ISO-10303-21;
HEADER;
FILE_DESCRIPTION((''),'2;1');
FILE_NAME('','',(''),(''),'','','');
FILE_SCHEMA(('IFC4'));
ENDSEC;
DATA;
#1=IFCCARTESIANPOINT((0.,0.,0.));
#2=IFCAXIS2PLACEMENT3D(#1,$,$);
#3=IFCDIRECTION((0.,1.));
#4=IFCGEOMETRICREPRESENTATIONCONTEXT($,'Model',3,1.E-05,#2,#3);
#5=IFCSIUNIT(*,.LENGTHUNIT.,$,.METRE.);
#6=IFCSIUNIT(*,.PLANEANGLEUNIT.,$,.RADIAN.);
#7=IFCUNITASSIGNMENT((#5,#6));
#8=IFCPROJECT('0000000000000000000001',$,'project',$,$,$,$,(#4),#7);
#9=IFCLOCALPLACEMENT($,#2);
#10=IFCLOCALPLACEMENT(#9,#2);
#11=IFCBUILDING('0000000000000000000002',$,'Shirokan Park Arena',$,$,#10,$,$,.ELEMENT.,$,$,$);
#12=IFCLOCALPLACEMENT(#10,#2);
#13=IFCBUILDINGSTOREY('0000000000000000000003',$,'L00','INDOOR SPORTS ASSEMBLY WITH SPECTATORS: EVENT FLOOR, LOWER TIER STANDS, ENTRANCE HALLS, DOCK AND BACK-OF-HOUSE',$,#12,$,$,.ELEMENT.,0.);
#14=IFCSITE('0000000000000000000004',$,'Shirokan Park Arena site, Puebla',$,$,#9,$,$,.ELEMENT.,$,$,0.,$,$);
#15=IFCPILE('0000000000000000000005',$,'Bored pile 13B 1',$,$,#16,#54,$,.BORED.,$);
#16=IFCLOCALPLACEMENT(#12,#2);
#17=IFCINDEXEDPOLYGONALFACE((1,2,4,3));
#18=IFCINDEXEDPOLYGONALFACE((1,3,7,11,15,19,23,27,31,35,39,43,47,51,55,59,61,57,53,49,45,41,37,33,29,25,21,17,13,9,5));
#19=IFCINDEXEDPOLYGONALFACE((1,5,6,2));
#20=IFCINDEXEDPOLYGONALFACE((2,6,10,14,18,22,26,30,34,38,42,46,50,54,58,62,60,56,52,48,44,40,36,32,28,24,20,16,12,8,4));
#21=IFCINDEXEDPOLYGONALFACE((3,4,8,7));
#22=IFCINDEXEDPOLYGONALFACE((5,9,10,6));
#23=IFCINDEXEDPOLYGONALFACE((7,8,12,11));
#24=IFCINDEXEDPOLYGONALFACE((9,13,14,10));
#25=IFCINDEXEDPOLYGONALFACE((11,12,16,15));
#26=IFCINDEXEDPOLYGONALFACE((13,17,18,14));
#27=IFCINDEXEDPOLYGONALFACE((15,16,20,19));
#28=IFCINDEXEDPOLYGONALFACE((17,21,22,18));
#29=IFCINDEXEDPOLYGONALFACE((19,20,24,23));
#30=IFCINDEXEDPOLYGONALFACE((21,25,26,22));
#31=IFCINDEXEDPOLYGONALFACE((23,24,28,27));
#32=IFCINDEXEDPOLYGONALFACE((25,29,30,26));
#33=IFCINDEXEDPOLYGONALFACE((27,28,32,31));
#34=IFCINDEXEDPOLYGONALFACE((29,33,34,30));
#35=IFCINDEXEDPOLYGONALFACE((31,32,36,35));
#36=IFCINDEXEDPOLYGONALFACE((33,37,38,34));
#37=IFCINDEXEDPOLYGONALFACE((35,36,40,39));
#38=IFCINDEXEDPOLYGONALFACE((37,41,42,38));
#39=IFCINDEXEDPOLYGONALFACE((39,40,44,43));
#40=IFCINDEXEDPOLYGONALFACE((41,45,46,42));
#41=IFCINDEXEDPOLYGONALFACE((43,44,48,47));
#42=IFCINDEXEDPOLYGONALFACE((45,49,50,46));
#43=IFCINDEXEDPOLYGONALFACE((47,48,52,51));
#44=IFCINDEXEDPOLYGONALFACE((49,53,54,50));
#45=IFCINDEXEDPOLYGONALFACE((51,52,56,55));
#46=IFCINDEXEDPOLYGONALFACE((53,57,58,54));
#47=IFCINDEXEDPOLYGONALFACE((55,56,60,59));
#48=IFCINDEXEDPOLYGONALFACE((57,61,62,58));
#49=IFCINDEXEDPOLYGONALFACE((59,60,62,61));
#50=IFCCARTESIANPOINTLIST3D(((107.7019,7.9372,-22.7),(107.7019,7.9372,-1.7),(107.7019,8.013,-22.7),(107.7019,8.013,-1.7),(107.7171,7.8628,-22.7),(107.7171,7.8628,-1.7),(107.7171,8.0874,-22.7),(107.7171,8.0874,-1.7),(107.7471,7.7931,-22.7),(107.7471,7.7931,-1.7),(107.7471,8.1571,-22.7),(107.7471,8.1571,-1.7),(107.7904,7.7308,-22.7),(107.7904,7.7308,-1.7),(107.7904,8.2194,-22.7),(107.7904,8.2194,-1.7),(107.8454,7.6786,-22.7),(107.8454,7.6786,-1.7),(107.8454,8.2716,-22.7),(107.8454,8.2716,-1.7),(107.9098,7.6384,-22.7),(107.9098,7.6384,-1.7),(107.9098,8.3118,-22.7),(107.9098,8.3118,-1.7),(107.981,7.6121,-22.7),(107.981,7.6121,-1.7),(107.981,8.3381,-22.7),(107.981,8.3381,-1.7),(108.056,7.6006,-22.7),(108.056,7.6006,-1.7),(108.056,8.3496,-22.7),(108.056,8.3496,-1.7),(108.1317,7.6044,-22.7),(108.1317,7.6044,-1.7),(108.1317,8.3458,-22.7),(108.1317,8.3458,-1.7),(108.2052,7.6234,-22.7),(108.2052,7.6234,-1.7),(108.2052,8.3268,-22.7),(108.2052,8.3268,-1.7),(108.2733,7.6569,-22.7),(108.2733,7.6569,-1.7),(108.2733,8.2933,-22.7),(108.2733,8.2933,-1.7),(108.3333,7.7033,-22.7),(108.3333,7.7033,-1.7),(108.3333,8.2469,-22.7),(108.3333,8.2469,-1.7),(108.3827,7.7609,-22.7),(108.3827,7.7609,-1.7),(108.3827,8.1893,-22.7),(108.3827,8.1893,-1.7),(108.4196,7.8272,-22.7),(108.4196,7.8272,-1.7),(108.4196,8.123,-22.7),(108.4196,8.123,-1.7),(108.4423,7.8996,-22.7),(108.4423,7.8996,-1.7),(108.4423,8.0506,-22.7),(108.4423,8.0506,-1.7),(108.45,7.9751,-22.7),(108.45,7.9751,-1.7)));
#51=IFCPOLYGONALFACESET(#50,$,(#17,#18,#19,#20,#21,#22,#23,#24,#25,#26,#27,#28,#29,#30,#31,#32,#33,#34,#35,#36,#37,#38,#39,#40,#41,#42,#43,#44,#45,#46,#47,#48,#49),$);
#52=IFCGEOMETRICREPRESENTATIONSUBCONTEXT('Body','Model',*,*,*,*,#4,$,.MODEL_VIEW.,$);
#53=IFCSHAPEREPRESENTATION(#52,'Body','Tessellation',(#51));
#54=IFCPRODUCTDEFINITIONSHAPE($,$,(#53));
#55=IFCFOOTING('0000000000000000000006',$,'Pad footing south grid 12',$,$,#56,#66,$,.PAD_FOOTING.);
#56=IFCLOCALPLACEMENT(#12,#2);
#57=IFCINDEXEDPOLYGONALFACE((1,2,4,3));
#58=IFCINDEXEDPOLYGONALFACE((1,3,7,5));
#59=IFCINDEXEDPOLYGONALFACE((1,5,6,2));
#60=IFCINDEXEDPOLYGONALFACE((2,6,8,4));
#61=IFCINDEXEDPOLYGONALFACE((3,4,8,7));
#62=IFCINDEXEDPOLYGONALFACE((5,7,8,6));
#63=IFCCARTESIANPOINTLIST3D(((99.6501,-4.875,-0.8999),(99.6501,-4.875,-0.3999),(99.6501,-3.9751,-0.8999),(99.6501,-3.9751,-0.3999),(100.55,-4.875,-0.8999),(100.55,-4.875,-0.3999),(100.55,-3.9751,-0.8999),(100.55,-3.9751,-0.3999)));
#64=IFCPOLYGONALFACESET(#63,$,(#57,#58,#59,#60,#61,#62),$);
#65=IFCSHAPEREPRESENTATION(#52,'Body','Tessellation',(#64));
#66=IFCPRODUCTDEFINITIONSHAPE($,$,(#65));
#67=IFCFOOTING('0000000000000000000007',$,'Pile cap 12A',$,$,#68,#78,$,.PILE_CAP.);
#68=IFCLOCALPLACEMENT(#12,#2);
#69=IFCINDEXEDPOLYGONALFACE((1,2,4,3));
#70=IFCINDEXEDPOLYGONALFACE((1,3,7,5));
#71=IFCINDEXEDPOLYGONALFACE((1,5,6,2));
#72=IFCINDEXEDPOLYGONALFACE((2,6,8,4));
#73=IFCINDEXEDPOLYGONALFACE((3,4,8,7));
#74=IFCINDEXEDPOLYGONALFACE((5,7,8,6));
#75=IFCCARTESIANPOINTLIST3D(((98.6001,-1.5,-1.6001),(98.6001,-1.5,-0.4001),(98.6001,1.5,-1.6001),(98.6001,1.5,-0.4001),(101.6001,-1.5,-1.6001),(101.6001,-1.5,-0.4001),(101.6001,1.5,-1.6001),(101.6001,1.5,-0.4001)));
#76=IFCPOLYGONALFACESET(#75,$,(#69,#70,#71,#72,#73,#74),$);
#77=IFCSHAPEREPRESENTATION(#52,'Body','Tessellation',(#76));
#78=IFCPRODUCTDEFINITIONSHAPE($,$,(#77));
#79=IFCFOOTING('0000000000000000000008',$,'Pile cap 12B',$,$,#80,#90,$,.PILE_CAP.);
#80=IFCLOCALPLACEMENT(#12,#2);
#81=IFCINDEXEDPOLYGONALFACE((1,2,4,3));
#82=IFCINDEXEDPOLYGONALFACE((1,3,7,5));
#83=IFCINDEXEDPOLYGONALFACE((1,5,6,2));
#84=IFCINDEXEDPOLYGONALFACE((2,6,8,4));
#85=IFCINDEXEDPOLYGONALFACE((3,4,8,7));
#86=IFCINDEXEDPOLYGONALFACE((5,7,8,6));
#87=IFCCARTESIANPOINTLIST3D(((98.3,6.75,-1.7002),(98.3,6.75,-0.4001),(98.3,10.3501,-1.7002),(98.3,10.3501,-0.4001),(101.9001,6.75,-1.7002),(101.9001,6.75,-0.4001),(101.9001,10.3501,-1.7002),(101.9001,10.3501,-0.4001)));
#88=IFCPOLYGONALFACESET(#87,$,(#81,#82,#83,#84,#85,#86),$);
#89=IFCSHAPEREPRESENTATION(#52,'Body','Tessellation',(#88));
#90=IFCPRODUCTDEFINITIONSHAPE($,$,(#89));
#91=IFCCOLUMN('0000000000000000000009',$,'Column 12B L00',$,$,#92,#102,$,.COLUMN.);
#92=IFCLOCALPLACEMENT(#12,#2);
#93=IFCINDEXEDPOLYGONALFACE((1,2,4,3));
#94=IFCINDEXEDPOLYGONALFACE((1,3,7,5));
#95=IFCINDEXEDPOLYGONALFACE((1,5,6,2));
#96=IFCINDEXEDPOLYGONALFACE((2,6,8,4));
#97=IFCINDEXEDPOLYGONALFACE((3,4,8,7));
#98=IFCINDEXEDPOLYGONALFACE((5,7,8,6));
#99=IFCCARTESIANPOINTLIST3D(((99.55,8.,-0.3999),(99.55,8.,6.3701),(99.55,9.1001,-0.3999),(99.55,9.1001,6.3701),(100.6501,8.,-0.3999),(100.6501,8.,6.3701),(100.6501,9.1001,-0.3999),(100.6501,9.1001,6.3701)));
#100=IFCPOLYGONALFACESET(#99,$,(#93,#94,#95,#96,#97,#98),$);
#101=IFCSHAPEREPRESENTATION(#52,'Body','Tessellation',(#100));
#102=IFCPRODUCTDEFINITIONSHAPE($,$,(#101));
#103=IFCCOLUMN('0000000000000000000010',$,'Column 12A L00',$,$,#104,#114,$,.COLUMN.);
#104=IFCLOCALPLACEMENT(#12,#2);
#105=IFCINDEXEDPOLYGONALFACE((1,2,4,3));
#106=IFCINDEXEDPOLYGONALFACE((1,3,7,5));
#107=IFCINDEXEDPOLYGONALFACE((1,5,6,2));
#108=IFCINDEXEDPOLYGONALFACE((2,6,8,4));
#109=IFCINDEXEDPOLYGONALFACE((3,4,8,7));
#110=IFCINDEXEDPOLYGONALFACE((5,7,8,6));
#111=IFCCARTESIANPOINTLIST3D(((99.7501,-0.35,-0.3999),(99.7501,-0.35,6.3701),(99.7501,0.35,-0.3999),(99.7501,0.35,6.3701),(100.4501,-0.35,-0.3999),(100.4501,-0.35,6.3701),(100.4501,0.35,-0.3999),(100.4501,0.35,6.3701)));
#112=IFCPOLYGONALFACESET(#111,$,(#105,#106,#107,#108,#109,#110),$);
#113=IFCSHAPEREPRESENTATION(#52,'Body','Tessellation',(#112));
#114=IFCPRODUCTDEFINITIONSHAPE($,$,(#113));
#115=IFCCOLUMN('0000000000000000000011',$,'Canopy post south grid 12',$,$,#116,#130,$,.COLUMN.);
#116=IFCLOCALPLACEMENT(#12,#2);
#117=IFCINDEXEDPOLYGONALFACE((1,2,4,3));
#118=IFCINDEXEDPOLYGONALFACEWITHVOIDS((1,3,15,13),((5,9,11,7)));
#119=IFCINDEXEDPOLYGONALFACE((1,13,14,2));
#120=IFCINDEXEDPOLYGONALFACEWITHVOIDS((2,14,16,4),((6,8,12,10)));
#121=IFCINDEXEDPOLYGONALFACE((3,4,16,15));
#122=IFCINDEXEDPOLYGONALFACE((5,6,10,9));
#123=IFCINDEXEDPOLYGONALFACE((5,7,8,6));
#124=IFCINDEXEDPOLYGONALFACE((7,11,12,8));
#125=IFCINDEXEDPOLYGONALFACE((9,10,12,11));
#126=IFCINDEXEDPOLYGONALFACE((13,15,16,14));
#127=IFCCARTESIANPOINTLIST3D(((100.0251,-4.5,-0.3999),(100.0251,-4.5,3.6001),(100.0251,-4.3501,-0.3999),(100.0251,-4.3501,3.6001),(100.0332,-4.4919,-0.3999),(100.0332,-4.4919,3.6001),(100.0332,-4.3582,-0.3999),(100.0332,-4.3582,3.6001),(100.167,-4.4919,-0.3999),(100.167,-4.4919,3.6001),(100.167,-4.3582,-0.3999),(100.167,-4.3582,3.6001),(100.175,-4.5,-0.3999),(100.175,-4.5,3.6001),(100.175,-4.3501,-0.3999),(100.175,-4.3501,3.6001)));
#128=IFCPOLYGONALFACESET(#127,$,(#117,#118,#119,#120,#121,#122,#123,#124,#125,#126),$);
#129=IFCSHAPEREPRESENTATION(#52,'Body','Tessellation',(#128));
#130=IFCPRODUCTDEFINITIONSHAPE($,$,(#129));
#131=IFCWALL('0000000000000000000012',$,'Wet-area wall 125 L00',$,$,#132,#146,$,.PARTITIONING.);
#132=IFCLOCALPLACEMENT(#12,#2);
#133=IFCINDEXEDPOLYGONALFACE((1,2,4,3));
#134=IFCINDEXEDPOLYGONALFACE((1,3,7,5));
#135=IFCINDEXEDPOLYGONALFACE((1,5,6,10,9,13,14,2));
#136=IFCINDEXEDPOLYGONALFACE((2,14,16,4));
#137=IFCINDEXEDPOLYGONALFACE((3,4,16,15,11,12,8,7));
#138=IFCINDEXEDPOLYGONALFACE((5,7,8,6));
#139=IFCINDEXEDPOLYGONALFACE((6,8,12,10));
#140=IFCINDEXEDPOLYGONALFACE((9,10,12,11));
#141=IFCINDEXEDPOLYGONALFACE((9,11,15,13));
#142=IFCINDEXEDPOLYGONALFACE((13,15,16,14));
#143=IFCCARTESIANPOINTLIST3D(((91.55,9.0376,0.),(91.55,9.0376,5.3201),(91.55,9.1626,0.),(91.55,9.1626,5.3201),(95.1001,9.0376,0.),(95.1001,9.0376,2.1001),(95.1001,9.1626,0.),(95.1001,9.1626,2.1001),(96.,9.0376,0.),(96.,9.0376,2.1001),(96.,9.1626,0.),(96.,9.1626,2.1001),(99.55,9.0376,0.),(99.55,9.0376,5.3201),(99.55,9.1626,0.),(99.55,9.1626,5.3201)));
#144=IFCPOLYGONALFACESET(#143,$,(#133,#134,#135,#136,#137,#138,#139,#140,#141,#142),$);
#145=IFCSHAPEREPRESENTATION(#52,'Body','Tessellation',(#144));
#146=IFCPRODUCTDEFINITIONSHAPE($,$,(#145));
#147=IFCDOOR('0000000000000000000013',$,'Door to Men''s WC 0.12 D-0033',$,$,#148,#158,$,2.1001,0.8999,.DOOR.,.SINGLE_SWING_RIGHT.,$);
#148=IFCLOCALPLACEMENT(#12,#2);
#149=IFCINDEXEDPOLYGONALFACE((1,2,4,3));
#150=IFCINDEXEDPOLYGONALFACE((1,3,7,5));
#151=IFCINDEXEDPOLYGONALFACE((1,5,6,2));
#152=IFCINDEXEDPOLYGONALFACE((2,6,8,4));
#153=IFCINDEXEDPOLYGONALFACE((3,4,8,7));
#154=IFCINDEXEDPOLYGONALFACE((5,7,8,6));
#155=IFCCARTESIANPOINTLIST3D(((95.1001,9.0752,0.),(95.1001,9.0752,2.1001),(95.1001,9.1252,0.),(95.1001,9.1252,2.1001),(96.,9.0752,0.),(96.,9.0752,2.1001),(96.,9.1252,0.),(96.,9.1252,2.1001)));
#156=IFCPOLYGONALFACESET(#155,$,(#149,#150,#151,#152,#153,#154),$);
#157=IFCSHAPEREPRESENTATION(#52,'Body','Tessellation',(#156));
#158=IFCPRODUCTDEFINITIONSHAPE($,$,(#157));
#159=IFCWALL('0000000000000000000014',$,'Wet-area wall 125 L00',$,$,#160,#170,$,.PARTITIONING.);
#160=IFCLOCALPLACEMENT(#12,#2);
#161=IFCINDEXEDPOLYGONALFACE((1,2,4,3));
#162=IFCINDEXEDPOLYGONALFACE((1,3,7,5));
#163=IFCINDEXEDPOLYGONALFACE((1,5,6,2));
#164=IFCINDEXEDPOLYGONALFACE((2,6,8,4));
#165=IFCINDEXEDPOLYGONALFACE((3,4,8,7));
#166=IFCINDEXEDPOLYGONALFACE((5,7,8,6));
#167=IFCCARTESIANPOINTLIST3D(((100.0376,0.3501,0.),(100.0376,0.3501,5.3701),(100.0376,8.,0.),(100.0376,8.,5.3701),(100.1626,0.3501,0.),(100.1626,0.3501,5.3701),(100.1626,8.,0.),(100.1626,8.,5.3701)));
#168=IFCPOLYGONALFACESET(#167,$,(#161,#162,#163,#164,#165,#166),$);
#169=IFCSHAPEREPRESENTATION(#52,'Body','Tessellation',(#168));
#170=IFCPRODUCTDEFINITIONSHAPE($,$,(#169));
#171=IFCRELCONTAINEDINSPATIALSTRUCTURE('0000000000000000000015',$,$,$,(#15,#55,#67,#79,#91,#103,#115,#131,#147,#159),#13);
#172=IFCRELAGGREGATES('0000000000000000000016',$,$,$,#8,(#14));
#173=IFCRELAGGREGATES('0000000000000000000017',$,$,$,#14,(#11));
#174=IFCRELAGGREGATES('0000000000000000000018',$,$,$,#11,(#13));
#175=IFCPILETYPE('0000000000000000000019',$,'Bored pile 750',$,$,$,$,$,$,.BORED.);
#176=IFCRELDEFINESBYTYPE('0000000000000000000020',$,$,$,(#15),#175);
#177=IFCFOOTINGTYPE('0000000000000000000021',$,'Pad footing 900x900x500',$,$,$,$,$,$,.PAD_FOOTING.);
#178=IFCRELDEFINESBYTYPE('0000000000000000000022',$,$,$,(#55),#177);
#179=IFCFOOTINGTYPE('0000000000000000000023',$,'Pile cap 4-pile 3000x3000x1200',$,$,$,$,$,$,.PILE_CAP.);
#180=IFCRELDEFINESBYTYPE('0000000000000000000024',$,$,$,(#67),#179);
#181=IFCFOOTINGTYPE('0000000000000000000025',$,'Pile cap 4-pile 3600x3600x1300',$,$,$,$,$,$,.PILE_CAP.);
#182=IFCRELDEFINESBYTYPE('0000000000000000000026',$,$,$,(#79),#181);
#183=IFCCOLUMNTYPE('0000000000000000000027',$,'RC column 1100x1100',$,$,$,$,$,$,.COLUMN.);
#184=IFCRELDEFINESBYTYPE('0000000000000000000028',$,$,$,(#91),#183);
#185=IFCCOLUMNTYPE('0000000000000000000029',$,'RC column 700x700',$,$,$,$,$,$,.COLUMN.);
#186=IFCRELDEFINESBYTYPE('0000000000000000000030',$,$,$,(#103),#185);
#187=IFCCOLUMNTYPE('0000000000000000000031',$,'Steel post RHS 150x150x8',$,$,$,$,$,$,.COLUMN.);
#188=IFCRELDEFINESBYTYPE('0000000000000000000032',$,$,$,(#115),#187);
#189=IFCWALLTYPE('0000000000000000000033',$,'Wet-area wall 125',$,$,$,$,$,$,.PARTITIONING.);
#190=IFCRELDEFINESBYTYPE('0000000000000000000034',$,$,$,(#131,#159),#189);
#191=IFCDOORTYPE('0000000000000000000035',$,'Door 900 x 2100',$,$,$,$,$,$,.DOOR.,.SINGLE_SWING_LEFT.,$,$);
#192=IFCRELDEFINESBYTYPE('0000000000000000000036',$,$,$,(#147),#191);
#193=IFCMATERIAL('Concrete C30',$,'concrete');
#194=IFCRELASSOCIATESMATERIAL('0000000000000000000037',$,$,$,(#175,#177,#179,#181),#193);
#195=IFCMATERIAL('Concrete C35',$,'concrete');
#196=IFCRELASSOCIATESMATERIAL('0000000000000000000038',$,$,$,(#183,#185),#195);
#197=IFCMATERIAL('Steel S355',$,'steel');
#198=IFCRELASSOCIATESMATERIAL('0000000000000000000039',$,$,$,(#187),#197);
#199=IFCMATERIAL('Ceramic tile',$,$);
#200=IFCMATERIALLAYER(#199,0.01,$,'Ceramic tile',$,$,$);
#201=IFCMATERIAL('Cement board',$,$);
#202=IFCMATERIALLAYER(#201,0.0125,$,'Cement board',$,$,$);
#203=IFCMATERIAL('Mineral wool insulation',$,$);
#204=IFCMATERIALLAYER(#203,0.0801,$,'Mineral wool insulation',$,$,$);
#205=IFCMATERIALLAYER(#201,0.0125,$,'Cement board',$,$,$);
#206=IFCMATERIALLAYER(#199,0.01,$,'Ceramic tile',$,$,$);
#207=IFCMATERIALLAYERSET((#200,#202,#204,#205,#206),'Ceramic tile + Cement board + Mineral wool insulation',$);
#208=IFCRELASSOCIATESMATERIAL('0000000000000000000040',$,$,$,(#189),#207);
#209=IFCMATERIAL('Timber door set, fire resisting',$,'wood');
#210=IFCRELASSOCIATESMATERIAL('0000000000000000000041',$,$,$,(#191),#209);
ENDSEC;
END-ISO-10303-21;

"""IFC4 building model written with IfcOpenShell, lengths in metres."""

from ifc_helpers import new_model, si_unit, direction, frame, frame_2d, origin, origin_2d, place, context, subcontext, project, spatial, rectangle, hollow_rectangle, circle, extrude, material, layer, layer_set, material_profile, profile_set, type_object, element, fill, save


model = new_model("IFC4")

# Units and contexts
model_context = context("Model", 3, precision=1e-05, world=origin(), true_north=direction((0.0, 1.0)))
body_context = subcontext(model_context, "Body", "Model", "MODEL_VIEW")
ifc_project = project(units=[si_unit("LENGTHUNIT", "METRE"), si_unit("PLANEANGLEUNIT", "RADIAN")], contexts=[model_context])

# Site, building, storey
site_placement = place(None, origin())
site = spatial("IfcSite", under=ifc_project, at=site_placement, Name="Shirokan Park Arena site, Puebla", CompositionType="ELEMENT", RefElevation=0.0)
building_placement = place(site_placement, origin())
building = spatial("IfcBuilding", under=site, at=building_placement, Name="Shirokan Park Arena", CompositionType="ELEMENT")
storey_placement = place(building_placement, origin())
storey = spatial("IfcBuildingStorey", under=building, at=storey_placement, Name="L00", Description="INDOOR SPORTS ASSEMBLY WITH SPECTATORS: EVENT FLOOR, LOWER TIER STANDS, ENTRANCE HALLS, DOCK AND BACK-OF-HOUSE", CompositionType="ELEMENT", Elevation=0.0)

# Pile
ifc_material_1 = material(Name="Concrete C30", Category="concrete")
ifc_material_profile_1 = material_profile(ifc_material_1, circle(Radius=0.375, at=origin_2d()), Name="D750")
ifc_profile_set_1 = profile_set([ifc_material_profile_1], Name="Concrete C30")
pile_type_1 = type_object("IfcPileType", Name="Bored pile 750", PredefinedType="BORED", material=ifc_profile_set_1)
for number, where, z_axis, x_axis, name in (
    (1, (108.075, 7.9751, -1.7), (0.0, 0.0, -1.0), (1.0, 0.0, 0.0), "Bored pile 13B 1"),
):
    element("IfcPile", number, at=place(storey_placement, frame(where, z_axis=z_axis, x_axis=x_axis)), inside=storey, type_object=pile_type_1, Name=name, PredefinedType="BORED", context=body_context, shape_type="SweptSolid", body=[
        extrude(circle(Radius=0.375, at=origin_2d()), origin(), (0.0, 0.0, 1.0), 21.0),
    ])

# Footings
footing_type_1 = type_object("IfcFootingType", Name="Pad footing 900x900x500", PredefinedType="PAD_FOOTING", material=ifc_material_1)
footing_1_placement = place(storey_placement, frame((100.1001, -4.425, -0.8999), z_axis=(0.0, 0.0, 1.0), x_axis=(1.0, 0.0, 0.0)))
element("IfcFooting", 2, at=footing_1_placement, inside=storey, type_object=footing_type_1, Name="Pad footing south grid 12", PredefinedType="PAD_FOOTING", context=body_context, shape_type="SweptSolid", body=[
    extrude(rectangle(XDim=0.8999, YDim=0.8999, at=origin_2d()), origin(), (0.0, 0.0, 1.0), 0.5),
])
footing_type_2 = type_object("IfcFootingType", Name="Pile cap 4-pile 3000x3000x1200", PredefinedType="PILE_CAP", material=ifc_material_1)
footing_2_placement = place(storey_placement, frame((100.1001, 0.0, -1.6001), z_axis=(0.0, 0.0, 1.0), x_axis=(1.0, 0.0, 0.0)))
element("IfcFooting", 3, at=footing_2_placement, inside=storey, type_object=footing_type_2, Name="Pile cap 12A", PredefinedType="PILE_CAP", context=body_context, shape_type="SweptSolid", body=[
    extrude(rectangle(XDim=3.0, YDim=3.0, at=origin_2d()), origin(), (0.0, 0.0, 1.0), 1.2),
])
footing_type_3 = type_object("IfcFootingType", Name="Pile cap 4-pile 3600x3600x1300", PredefinedType="PILE_CAP", material=ifc_material_1)
footing_3_placement = place(storey_placement, frame((100.1001, 8.55, -1.7002), z_axis=(0.0, 0.0, 1.0), x_axis=(1.0, 0.0, 0.0)))
element("IfcFooting", 4, at=footing_3_placement, inside=storey, type_object=footing_type_3, Name="Pile cap 12B", PredefinedType="PILE_CAP", context=body_context, shape_type="SweptSolid", body=[
    extrude(rectangle(XDim=3.6001, YDim=3.6001, at=origin_2d()), origin(), (0.0, 0.0, 1.0), 1.3),
])

# Columns
ifc_material_2 = material(Name="Concrete C35", Category="concrete")
ifc_material_profile_2 = material_profile(ifc_material_2, rectangle(XDim=1.1001, YDim=1.1001, at=origin_2d()), Name="1100x1100")
ifc_profile_set_2 = profile_set([ifc_material_profile_2], Name="Concrete C35")
column_type_1 = type_object("IfcColumnType", Name="RC column 1100x1100", PredefinedType="COLUMN", material=ifc_profile_set_2)
column_1_placement = place(storey_placement, frame((100.1001, 8.55, -0.3999), z_axis=(0.0, 0.0, 1.0), x_axis=(1.0, 0.0, 0.0)))
element("IfcColumn", 5, at=column_1_placement, inside=storey, type_object=column_type_1, Name="Column 12B L00", PredefinedType="COLUMN", context=body_context, shape_type="SweptSolid", body=[
    extrude(rectangle(XDim=1.1001, YDim=1.1001, at=origin_2d()), origin(), (0.0, 0.0, 1.0), 6.77),
])
ifc_material_profile_3 = material_profile(ifc_material_2, rectangle(XDim=0.7, YDim=0.7, at=origin_2d()), Name="700x700")
ifc_profile_set_3 = profile_set([ifc_material_profile_3], Name="Concrete C35")
column_type_2 = type_object("IfcColumnType", Name="RC column 700x700", PredefinedType="COLUMN", material=ifc_profile_set_3)
column_2_placement = place(storey_placement, frame((100.1001, 0.0, -0.3999), z_axis=(0.0, 0.0, 1.0), x_axis=(1.0, 0.0, 0.0)))
element("IfcColumn", 6, at=column_2_placement, inside=storey, type_object=column_type_2, Name="Column 12A L00", PredefinedType="COLUMN", context=body_context, shape_type="SweptSolid", body=[
    extrude(rectangle(XDim=0.7, YDim=0.7, at=origin_2d()), origin(), (0.0, 0.0, 1.0), 6.77),
])
ifc_material_3 = material(Name="Steel S355", Category="steel")
ifc_material_profile_4 = material_profile(ifc_material_3, hollow_rectangle(XDim=0.1499, YDim=0.1499, WallThickness=0.0081, at=origin_2d()), Name="RHS 150x150x8")
ifc_profile_set_4 = profile_set([ifc_material_profile_4], Name="Steel S355")
column_type_3 = type_object("IfcColumnType", Name="Steel post RHS 150x150x8", PredefinedType="COLUMN", material=ifc_profile_set_4)
column_3_placement = place(storey_placement, frame((100.1001, -4.425, -0.3999), z_axis=(0.0, 0.0, 1.0), x_axis=(1.0, 0.0, 0.0)))
element("IfcColumn", 7, at=column_3_placement, inside=storey, type_object=column_type_3, Name="Canopy post south grid 12", PredefinedType="COLUMN", context=body_context, shape_type="SweptSolid", body=[
    extrude(hollow_rectangle(XDim=0.1499, YDim=0.1499, WallThickness=0.0081, at=origin_2d()), origin(), (0.0, 0.0, 1.0), 4.0),
])

# Wall, opening, door
ifc_material_4 = material(Name="Mineral wool insulation")
ifc_material_5 = material(Name="Ceramic tile")
ifc_layer_1 = layer(ifc_material_5, 0.01, Name="Ceramic tile")
ifc_material_6 = material(Name="Cement board")
ifc_layer_2 = layer(ifc_material_6, 0.0125, Name="Cement board")
ifc_layer_3 = layer(ifc_material_4, 0.0801, Name="Mineral wool insulation")
ifc_layer_4 = layer(ifc_material_6, 0.0125, Name="Cement board")
ifc_layer_5 = layer(ifc_material_5, 0.01, Name="Ceramic tile")
ifc_layer_set_1 = layer_set([ifc_layer_1, ifc_layer_2, ifc_layer_3, ifc_layer_4, ifc_layer_5], Name="Ceramic tile + Cement board + Mineral wool insulation")
wall_type_1 = type_object("IfcWallType", Name="Wet-area wall 125", PredefinedType="PARTITIONING", material=ifc_layer_set_1)
wall_1_placement = place(storey_placement, frame((99.55, 9.1001, 0.0), z_axis=(0.0, 0.0, 1.0), x_axis=(-1.0, 0.0, 0.0)))
wall_1 = element("IfcWall", 8, at=wall_1_placement, inside=storey, type_object=wall_type_1, Name="Wet-area wall 125 L00", PredefinedType="PARTITIONING", context=body_context, shape_type="SweptSolid", body=[
    extrude(rectangle(XDim=8.0, YDim=0.125, at=frame_2d((4.0, 0.0))), origin(), (0.0, 0.0, 1.0), 5.3201),
])
opening_1_placement = place(wall_1_placement, frame((3.55, 0.0, 0.0)))
opening_1 = element("IfcOpeningElement", 9, at=opening_1_placement, cuts=wall_1, PredefinedType="OPENING", context=body_context, shape_type="SweptSolid", body=[
    extrude(rectangle(XDim=0.8999, YDim=2.1001, at=frame_2d((0.45, 1.05))), frame((0.0, 0.0725, 0.0), z_axis=(0.0, -1.0, 0.0), x_axis=(1.0, 0.0, 0.0)), (0.0, 0.0, 1.0), 0.145),
])
ifc_material_7 = material(Name="Timber door set, fire resisting", Category="wood")
door_type_1 = type_object("IfcDoorType", Name="Door 900 x 2100", OperationType="SINGLE_SWING_LEFT", PredefinedType="DOOR", material=ifc_material_7)
door_1_placement = place(opening_1_placement, origin())
door_1 = element("IfcDoor", 10, at=door_1_placement, inside=storey, type_object=door_type_1, Name="Door to Men's WC 0.12 D-0033", OperationType="SINGLE_SWING_RIGHT", OverallHeight=2.1001, OverallWidth=0.8999, PredefinedType="DOOR", context=body_context, shape_type="SweptSolid", body=[
    extrude(rectangle(XDim=0.8999, YDim=2.1001, at=frame_2d((0.45, 1.05))), frame((0.0, 0.0249, 0.0), z_axis=(0.0, -1.0, 0.0), x_axis=(1.0, 0.0, 0.0)), (0.0, 0.0, 1.0), 0.05),
])
fill(opening_1, door_1)

# Wall
wall_2_placement = place(storey_placement, frame((100.1001, 8.0, 0.0), z_axis=(0.0, 0.0, 1.0), x_axis=(0.0, -1.0, 0.0)))
element("IfcWall", 11, at=wall_2_placement, inside=storey, type_object=wall_type_1, Name="Wet-area wall 125 L00", PredefinedType="PARTITIONING", context=body_context, shape_type="SweptSolid", body=[
    extrude(rectangle(XDim=7.6499, YDim=0.125, at=frame_2d((3.825, 0.0))), origin(), (0.0, 0.0, 1.0), 5.3701),
])

save(model, "model.ifc")
